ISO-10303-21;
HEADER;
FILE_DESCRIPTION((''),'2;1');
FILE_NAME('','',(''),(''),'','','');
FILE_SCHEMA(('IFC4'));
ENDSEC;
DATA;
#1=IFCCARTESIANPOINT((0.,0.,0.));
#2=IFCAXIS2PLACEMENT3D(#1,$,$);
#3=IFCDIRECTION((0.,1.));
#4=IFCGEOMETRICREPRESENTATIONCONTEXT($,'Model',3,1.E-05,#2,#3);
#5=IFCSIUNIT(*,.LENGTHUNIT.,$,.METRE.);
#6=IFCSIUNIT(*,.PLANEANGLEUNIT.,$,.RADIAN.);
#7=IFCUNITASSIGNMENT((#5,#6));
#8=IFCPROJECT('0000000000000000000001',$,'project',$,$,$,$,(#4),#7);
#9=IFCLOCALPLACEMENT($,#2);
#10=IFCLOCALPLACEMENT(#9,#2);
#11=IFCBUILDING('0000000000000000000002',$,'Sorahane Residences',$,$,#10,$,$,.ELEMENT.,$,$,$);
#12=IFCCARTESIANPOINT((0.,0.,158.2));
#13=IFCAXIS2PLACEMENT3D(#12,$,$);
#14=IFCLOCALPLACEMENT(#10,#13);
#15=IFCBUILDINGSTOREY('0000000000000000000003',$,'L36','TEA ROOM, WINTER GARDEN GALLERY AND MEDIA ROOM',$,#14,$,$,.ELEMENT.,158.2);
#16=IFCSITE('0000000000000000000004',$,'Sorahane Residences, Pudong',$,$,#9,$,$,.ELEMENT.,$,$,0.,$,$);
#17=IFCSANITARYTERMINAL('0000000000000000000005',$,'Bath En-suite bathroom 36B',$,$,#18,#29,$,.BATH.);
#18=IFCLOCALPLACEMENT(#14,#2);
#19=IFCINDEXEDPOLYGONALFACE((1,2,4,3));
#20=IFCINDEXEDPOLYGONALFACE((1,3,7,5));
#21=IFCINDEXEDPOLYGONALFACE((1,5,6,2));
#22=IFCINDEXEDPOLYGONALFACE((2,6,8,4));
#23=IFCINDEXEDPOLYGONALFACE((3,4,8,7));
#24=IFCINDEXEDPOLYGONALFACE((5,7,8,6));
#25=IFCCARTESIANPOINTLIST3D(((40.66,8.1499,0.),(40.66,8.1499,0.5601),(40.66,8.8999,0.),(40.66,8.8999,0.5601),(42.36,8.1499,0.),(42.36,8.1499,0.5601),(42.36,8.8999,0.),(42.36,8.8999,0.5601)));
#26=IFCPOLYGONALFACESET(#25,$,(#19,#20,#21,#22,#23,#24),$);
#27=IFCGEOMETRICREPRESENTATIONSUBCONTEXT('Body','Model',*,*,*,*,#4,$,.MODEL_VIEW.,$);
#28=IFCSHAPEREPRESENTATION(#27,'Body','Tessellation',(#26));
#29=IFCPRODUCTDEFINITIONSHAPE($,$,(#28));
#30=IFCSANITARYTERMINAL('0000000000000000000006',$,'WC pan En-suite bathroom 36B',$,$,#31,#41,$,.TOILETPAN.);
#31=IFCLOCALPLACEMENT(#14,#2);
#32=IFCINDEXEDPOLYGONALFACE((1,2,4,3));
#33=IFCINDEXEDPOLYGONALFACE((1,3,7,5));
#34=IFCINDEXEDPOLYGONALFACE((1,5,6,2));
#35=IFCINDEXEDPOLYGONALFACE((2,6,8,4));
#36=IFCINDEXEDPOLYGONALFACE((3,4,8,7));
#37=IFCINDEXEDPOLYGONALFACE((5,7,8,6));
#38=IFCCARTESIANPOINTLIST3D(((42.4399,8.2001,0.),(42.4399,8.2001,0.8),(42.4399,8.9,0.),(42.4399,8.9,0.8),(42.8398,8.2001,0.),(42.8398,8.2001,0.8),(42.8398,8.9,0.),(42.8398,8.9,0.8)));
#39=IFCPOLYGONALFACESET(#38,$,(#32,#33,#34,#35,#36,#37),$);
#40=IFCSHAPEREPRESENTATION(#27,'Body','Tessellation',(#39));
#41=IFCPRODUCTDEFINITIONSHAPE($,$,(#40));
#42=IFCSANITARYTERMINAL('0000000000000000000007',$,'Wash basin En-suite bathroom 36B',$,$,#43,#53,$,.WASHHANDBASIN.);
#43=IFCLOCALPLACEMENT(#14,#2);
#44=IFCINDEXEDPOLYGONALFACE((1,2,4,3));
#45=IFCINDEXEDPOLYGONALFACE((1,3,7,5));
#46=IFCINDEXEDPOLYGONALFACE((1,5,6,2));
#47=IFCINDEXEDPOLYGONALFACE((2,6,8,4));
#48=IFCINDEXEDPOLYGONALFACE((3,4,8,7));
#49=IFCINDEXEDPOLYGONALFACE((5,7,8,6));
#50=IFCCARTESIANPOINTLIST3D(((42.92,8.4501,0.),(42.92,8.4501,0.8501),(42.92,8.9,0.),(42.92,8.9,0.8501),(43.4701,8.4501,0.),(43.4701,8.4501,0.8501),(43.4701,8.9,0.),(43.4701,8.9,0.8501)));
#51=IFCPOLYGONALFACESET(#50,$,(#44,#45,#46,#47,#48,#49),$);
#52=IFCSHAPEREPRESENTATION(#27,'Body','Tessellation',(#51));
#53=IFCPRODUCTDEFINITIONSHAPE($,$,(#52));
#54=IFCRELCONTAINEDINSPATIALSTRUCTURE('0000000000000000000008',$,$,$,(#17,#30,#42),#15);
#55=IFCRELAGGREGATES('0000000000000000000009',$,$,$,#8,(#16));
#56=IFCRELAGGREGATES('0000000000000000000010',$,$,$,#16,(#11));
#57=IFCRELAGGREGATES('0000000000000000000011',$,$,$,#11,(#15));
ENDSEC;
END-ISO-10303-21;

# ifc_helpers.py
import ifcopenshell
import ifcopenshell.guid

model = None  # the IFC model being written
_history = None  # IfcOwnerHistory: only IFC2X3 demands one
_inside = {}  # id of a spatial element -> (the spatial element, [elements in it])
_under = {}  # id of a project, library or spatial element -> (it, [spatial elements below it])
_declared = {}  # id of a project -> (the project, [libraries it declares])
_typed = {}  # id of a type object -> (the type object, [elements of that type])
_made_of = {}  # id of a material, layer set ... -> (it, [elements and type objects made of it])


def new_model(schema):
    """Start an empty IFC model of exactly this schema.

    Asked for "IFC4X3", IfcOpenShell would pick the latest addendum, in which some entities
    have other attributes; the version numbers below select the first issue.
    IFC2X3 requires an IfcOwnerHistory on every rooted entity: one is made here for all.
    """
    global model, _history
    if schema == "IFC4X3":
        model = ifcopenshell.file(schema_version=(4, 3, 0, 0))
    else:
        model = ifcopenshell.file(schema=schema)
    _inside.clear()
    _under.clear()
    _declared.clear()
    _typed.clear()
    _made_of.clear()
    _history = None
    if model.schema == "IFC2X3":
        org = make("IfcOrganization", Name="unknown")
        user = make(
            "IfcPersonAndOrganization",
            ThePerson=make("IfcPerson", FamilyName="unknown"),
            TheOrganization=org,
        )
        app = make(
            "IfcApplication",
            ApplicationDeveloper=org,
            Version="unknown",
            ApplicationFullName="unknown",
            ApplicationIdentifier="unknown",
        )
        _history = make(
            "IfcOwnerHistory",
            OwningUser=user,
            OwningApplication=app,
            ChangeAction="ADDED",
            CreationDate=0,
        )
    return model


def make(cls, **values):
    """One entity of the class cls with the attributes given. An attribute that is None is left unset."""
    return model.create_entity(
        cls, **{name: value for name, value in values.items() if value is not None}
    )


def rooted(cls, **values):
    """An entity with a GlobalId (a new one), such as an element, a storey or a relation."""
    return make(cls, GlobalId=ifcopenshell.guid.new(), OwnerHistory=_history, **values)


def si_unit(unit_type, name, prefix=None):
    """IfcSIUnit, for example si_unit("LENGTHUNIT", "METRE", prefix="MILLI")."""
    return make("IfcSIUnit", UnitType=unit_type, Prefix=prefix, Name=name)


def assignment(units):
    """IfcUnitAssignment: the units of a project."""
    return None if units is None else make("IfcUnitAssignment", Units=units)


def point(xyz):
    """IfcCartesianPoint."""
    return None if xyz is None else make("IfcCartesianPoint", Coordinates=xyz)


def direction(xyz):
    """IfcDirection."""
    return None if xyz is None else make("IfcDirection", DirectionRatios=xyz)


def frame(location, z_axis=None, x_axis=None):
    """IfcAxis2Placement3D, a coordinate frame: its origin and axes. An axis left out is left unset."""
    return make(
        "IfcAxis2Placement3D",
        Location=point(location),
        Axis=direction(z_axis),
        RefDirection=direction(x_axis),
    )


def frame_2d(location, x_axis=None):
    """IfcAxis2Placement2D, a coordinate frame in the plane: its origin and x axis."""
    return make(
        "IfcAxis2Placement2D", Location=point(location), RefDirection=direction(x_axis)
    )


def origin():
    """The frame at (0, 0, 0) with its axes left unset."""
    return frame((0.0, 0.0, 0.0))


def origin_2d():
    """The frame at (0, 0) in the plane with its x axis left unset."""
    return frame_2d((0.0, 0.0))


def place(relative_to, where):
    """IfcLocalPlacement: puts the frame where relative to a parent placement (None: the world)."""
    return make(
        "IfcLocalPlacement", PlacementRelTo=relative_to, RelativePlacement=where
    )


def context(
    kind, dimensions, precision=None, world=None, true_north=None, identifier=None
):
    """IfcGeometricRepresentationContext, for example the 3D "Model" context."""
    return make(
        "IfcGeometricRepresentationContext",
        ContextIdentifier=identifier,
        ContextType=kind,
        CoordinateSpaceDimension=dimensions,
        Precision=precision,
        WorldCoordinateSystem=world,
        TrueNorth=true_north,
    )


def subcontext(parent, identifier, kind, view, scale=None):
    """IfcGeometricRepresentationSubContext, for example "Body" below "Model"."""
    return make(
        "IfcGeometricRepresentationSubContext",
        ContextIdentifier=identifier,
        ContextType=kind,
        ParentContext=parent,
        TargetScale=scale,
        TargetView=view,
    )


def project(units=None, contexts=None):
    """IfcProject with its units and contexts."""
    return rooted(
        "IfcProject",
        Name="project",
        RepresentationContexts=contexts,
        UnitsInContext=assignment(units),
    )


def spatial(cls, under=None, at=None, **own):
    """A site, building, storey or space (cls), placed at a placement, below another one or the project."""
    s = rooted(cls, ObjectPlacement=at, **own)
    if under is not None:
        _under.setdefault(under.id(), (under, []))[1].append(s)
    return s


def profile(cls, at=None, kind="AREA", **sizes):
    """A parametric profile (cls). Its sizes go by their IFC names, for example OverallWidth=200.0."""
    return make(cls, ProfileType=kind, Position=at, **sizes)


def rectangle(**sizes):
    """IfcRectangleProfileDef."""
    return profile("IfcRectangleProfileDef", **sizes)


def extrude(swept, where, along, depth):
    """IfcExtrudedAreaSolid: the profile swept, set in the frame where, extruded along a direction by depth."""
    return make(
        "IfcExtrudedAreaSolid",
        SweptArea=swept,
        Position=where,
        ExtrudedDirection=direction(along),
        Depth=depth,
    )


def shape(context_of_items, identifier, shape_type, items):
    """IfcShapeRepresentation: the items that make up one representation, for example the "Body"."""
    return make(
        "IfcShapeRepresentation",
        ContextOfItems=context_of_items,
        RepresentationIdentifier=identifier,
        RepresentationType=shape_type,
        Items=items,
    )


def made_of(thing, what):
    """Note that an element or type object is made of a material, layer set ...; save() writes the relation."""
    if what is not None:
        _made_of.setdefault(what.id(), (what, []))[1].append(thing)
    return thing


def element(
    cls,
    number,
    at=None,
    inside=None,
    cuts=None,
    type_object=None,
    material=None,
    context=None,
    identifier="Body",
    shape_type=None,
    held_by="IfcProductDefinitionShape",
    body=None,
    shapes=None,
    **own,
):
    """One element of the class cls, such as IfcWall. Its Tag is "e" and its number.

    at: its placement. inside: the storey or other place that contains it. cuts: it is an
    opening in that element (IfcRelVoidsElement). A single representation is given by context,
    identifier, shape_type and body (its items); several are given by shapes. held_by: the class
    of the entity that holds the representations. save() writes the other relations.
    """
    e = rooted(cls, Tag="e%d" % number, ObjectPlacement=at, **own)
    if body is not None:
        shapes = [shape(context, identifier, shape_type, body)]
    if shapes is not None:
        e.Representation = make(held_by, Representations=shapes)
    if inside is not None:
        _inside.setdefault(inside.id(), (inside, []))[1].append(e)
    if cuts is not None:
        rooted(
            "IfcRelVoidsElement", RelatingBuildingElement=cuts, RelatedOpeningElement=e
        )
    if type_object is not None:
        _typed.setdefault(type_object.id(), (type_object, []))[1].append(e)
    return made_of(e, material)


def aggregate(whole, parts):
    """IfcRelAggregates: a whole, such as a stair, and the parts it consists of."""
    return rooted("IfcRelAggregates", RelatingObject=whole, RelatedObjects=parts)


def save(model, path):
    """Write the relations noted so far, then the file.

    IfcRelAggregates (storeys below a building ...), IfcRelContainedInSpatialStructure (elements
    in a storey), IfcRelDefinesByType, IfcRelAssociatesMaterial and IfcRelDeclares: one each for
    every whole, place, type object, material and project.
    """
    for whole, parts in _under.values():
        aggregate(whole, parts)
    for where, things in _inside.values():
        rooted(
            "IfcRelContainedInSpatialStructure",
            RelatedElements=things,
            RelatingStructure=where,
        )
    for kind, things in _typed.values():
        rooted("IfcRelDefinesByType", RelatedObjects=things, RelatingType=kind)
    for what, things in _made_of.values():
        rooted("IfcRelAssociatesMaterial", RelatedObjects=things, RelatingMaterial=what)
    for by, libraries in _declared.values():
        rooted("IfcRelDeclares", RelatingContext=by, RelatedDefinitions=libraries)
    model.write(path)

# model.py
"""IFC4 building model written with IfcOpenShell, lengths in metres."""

from ifc_helpers import new_model, si_unit, direction, frame, origin, origin_2d, place, context, subcontext, project, spatial, rectangle, extrude, element, save


model = new_model("IFC4")

# Units and contexts
model_context = context("Model", 3, precision=1e-05, world=origin(), true_north=direction((0.0, 1.0)))
body_context = subcontext(model_context, "Body", "Model", "MODEL_VIEW")
ifc_project = project(units=[si_unit("LENGTHUNIT", "METRE"), si_unit("PLANEANGLEUNIT", "RADIAN")], contexts=[model_context])

# Site, building, storey
site_placement = place(None, origin())
site = spatial("IfcSite", under=ifc_project, at=site_placement, Name="Sorahane Residences, Pudong", CompositionType="ELEMENT", RefElevation=0.0)
building_placement = place(site_placement, origin())
building = spatial("IfcBuilding", under=site, at=building_placement, Name="Sorahane Residences", CompositionType="ELEMENT")
storey_placement = place(building_placement, frame((0.0, 0.0, 158.2)))
storey = spatial("IfcBuildingStorey", under=building, at=storey_placement, Name="L36", Description="TEA ROOM, WINTER GARDEN GALLERY AND MEDIA ROOM", CompositionType="ELEMENT", Elevation=158.2)

# Sanitary terminals
sanitary_terminal_1_placement = place(storey_placement, frame((41.51, 8.5249, 0.0), z_axis=(0.0, 0.0, 1.0), x_axis=(1.0, 0.0, 0.0)))
element("IfcSanitaryTerminal", 1, at=sanitary_terminal_1_placement, inside=storey, Name="Bath En-suite bathroom 36B", PredefinedType="BATH", context=body_context, shape_type="SweptSolid", body=[
    extrude(rectangle(XDim=1.7, YDim=0.75, at=origin_2d()), origin(), (0.0, 0.0, 1.0), 0.5601),
])
sanitary_terminal_2_placement = place(storey_placement, frame((42.6399, 8.55, 0.0), z_axis=(0.0, 0.0, 1.0), x_axis=(1.0, 0.0, 0.0)))
element("IfcSanitaryTerminal", 2, at=sanitary_terminal_2_placement, inside=storey, Name="WC pan En-suite bathroom 36B", PredefinedType="TOILETPAN", context=body_context, shape_type="SweptSolid", body=[
    extrude(rectangle(XDim=0.3999, YDim=0.7, at=origin_2d()), origin(), (0.0, 0.0, 1.0), 0.8),
])
sanitary_terminal_3_placement = place(storey_placement, frame((43.1951, 8.675, 0.0), z_axis=(0.0, 0.0, 1.0), x_axis=(1.0, 0.0, 0.0)))
element("IfcSanitaryTerminal", 3, at=sanitary_terminal_3_placement, inside=storey, Name="Wash basin En-suite bathroom 36B", PredefinedType="WASHHANDBASIN", context=body_context, shape_type="SweptSolid", body=[
    extrude(rectangle(XDim=0.55, YDim=0.45, at=origin_2d()), origin(), (0.0, 0.0, 1.0), 0.8501),
])

save(model, "model.ifc")
